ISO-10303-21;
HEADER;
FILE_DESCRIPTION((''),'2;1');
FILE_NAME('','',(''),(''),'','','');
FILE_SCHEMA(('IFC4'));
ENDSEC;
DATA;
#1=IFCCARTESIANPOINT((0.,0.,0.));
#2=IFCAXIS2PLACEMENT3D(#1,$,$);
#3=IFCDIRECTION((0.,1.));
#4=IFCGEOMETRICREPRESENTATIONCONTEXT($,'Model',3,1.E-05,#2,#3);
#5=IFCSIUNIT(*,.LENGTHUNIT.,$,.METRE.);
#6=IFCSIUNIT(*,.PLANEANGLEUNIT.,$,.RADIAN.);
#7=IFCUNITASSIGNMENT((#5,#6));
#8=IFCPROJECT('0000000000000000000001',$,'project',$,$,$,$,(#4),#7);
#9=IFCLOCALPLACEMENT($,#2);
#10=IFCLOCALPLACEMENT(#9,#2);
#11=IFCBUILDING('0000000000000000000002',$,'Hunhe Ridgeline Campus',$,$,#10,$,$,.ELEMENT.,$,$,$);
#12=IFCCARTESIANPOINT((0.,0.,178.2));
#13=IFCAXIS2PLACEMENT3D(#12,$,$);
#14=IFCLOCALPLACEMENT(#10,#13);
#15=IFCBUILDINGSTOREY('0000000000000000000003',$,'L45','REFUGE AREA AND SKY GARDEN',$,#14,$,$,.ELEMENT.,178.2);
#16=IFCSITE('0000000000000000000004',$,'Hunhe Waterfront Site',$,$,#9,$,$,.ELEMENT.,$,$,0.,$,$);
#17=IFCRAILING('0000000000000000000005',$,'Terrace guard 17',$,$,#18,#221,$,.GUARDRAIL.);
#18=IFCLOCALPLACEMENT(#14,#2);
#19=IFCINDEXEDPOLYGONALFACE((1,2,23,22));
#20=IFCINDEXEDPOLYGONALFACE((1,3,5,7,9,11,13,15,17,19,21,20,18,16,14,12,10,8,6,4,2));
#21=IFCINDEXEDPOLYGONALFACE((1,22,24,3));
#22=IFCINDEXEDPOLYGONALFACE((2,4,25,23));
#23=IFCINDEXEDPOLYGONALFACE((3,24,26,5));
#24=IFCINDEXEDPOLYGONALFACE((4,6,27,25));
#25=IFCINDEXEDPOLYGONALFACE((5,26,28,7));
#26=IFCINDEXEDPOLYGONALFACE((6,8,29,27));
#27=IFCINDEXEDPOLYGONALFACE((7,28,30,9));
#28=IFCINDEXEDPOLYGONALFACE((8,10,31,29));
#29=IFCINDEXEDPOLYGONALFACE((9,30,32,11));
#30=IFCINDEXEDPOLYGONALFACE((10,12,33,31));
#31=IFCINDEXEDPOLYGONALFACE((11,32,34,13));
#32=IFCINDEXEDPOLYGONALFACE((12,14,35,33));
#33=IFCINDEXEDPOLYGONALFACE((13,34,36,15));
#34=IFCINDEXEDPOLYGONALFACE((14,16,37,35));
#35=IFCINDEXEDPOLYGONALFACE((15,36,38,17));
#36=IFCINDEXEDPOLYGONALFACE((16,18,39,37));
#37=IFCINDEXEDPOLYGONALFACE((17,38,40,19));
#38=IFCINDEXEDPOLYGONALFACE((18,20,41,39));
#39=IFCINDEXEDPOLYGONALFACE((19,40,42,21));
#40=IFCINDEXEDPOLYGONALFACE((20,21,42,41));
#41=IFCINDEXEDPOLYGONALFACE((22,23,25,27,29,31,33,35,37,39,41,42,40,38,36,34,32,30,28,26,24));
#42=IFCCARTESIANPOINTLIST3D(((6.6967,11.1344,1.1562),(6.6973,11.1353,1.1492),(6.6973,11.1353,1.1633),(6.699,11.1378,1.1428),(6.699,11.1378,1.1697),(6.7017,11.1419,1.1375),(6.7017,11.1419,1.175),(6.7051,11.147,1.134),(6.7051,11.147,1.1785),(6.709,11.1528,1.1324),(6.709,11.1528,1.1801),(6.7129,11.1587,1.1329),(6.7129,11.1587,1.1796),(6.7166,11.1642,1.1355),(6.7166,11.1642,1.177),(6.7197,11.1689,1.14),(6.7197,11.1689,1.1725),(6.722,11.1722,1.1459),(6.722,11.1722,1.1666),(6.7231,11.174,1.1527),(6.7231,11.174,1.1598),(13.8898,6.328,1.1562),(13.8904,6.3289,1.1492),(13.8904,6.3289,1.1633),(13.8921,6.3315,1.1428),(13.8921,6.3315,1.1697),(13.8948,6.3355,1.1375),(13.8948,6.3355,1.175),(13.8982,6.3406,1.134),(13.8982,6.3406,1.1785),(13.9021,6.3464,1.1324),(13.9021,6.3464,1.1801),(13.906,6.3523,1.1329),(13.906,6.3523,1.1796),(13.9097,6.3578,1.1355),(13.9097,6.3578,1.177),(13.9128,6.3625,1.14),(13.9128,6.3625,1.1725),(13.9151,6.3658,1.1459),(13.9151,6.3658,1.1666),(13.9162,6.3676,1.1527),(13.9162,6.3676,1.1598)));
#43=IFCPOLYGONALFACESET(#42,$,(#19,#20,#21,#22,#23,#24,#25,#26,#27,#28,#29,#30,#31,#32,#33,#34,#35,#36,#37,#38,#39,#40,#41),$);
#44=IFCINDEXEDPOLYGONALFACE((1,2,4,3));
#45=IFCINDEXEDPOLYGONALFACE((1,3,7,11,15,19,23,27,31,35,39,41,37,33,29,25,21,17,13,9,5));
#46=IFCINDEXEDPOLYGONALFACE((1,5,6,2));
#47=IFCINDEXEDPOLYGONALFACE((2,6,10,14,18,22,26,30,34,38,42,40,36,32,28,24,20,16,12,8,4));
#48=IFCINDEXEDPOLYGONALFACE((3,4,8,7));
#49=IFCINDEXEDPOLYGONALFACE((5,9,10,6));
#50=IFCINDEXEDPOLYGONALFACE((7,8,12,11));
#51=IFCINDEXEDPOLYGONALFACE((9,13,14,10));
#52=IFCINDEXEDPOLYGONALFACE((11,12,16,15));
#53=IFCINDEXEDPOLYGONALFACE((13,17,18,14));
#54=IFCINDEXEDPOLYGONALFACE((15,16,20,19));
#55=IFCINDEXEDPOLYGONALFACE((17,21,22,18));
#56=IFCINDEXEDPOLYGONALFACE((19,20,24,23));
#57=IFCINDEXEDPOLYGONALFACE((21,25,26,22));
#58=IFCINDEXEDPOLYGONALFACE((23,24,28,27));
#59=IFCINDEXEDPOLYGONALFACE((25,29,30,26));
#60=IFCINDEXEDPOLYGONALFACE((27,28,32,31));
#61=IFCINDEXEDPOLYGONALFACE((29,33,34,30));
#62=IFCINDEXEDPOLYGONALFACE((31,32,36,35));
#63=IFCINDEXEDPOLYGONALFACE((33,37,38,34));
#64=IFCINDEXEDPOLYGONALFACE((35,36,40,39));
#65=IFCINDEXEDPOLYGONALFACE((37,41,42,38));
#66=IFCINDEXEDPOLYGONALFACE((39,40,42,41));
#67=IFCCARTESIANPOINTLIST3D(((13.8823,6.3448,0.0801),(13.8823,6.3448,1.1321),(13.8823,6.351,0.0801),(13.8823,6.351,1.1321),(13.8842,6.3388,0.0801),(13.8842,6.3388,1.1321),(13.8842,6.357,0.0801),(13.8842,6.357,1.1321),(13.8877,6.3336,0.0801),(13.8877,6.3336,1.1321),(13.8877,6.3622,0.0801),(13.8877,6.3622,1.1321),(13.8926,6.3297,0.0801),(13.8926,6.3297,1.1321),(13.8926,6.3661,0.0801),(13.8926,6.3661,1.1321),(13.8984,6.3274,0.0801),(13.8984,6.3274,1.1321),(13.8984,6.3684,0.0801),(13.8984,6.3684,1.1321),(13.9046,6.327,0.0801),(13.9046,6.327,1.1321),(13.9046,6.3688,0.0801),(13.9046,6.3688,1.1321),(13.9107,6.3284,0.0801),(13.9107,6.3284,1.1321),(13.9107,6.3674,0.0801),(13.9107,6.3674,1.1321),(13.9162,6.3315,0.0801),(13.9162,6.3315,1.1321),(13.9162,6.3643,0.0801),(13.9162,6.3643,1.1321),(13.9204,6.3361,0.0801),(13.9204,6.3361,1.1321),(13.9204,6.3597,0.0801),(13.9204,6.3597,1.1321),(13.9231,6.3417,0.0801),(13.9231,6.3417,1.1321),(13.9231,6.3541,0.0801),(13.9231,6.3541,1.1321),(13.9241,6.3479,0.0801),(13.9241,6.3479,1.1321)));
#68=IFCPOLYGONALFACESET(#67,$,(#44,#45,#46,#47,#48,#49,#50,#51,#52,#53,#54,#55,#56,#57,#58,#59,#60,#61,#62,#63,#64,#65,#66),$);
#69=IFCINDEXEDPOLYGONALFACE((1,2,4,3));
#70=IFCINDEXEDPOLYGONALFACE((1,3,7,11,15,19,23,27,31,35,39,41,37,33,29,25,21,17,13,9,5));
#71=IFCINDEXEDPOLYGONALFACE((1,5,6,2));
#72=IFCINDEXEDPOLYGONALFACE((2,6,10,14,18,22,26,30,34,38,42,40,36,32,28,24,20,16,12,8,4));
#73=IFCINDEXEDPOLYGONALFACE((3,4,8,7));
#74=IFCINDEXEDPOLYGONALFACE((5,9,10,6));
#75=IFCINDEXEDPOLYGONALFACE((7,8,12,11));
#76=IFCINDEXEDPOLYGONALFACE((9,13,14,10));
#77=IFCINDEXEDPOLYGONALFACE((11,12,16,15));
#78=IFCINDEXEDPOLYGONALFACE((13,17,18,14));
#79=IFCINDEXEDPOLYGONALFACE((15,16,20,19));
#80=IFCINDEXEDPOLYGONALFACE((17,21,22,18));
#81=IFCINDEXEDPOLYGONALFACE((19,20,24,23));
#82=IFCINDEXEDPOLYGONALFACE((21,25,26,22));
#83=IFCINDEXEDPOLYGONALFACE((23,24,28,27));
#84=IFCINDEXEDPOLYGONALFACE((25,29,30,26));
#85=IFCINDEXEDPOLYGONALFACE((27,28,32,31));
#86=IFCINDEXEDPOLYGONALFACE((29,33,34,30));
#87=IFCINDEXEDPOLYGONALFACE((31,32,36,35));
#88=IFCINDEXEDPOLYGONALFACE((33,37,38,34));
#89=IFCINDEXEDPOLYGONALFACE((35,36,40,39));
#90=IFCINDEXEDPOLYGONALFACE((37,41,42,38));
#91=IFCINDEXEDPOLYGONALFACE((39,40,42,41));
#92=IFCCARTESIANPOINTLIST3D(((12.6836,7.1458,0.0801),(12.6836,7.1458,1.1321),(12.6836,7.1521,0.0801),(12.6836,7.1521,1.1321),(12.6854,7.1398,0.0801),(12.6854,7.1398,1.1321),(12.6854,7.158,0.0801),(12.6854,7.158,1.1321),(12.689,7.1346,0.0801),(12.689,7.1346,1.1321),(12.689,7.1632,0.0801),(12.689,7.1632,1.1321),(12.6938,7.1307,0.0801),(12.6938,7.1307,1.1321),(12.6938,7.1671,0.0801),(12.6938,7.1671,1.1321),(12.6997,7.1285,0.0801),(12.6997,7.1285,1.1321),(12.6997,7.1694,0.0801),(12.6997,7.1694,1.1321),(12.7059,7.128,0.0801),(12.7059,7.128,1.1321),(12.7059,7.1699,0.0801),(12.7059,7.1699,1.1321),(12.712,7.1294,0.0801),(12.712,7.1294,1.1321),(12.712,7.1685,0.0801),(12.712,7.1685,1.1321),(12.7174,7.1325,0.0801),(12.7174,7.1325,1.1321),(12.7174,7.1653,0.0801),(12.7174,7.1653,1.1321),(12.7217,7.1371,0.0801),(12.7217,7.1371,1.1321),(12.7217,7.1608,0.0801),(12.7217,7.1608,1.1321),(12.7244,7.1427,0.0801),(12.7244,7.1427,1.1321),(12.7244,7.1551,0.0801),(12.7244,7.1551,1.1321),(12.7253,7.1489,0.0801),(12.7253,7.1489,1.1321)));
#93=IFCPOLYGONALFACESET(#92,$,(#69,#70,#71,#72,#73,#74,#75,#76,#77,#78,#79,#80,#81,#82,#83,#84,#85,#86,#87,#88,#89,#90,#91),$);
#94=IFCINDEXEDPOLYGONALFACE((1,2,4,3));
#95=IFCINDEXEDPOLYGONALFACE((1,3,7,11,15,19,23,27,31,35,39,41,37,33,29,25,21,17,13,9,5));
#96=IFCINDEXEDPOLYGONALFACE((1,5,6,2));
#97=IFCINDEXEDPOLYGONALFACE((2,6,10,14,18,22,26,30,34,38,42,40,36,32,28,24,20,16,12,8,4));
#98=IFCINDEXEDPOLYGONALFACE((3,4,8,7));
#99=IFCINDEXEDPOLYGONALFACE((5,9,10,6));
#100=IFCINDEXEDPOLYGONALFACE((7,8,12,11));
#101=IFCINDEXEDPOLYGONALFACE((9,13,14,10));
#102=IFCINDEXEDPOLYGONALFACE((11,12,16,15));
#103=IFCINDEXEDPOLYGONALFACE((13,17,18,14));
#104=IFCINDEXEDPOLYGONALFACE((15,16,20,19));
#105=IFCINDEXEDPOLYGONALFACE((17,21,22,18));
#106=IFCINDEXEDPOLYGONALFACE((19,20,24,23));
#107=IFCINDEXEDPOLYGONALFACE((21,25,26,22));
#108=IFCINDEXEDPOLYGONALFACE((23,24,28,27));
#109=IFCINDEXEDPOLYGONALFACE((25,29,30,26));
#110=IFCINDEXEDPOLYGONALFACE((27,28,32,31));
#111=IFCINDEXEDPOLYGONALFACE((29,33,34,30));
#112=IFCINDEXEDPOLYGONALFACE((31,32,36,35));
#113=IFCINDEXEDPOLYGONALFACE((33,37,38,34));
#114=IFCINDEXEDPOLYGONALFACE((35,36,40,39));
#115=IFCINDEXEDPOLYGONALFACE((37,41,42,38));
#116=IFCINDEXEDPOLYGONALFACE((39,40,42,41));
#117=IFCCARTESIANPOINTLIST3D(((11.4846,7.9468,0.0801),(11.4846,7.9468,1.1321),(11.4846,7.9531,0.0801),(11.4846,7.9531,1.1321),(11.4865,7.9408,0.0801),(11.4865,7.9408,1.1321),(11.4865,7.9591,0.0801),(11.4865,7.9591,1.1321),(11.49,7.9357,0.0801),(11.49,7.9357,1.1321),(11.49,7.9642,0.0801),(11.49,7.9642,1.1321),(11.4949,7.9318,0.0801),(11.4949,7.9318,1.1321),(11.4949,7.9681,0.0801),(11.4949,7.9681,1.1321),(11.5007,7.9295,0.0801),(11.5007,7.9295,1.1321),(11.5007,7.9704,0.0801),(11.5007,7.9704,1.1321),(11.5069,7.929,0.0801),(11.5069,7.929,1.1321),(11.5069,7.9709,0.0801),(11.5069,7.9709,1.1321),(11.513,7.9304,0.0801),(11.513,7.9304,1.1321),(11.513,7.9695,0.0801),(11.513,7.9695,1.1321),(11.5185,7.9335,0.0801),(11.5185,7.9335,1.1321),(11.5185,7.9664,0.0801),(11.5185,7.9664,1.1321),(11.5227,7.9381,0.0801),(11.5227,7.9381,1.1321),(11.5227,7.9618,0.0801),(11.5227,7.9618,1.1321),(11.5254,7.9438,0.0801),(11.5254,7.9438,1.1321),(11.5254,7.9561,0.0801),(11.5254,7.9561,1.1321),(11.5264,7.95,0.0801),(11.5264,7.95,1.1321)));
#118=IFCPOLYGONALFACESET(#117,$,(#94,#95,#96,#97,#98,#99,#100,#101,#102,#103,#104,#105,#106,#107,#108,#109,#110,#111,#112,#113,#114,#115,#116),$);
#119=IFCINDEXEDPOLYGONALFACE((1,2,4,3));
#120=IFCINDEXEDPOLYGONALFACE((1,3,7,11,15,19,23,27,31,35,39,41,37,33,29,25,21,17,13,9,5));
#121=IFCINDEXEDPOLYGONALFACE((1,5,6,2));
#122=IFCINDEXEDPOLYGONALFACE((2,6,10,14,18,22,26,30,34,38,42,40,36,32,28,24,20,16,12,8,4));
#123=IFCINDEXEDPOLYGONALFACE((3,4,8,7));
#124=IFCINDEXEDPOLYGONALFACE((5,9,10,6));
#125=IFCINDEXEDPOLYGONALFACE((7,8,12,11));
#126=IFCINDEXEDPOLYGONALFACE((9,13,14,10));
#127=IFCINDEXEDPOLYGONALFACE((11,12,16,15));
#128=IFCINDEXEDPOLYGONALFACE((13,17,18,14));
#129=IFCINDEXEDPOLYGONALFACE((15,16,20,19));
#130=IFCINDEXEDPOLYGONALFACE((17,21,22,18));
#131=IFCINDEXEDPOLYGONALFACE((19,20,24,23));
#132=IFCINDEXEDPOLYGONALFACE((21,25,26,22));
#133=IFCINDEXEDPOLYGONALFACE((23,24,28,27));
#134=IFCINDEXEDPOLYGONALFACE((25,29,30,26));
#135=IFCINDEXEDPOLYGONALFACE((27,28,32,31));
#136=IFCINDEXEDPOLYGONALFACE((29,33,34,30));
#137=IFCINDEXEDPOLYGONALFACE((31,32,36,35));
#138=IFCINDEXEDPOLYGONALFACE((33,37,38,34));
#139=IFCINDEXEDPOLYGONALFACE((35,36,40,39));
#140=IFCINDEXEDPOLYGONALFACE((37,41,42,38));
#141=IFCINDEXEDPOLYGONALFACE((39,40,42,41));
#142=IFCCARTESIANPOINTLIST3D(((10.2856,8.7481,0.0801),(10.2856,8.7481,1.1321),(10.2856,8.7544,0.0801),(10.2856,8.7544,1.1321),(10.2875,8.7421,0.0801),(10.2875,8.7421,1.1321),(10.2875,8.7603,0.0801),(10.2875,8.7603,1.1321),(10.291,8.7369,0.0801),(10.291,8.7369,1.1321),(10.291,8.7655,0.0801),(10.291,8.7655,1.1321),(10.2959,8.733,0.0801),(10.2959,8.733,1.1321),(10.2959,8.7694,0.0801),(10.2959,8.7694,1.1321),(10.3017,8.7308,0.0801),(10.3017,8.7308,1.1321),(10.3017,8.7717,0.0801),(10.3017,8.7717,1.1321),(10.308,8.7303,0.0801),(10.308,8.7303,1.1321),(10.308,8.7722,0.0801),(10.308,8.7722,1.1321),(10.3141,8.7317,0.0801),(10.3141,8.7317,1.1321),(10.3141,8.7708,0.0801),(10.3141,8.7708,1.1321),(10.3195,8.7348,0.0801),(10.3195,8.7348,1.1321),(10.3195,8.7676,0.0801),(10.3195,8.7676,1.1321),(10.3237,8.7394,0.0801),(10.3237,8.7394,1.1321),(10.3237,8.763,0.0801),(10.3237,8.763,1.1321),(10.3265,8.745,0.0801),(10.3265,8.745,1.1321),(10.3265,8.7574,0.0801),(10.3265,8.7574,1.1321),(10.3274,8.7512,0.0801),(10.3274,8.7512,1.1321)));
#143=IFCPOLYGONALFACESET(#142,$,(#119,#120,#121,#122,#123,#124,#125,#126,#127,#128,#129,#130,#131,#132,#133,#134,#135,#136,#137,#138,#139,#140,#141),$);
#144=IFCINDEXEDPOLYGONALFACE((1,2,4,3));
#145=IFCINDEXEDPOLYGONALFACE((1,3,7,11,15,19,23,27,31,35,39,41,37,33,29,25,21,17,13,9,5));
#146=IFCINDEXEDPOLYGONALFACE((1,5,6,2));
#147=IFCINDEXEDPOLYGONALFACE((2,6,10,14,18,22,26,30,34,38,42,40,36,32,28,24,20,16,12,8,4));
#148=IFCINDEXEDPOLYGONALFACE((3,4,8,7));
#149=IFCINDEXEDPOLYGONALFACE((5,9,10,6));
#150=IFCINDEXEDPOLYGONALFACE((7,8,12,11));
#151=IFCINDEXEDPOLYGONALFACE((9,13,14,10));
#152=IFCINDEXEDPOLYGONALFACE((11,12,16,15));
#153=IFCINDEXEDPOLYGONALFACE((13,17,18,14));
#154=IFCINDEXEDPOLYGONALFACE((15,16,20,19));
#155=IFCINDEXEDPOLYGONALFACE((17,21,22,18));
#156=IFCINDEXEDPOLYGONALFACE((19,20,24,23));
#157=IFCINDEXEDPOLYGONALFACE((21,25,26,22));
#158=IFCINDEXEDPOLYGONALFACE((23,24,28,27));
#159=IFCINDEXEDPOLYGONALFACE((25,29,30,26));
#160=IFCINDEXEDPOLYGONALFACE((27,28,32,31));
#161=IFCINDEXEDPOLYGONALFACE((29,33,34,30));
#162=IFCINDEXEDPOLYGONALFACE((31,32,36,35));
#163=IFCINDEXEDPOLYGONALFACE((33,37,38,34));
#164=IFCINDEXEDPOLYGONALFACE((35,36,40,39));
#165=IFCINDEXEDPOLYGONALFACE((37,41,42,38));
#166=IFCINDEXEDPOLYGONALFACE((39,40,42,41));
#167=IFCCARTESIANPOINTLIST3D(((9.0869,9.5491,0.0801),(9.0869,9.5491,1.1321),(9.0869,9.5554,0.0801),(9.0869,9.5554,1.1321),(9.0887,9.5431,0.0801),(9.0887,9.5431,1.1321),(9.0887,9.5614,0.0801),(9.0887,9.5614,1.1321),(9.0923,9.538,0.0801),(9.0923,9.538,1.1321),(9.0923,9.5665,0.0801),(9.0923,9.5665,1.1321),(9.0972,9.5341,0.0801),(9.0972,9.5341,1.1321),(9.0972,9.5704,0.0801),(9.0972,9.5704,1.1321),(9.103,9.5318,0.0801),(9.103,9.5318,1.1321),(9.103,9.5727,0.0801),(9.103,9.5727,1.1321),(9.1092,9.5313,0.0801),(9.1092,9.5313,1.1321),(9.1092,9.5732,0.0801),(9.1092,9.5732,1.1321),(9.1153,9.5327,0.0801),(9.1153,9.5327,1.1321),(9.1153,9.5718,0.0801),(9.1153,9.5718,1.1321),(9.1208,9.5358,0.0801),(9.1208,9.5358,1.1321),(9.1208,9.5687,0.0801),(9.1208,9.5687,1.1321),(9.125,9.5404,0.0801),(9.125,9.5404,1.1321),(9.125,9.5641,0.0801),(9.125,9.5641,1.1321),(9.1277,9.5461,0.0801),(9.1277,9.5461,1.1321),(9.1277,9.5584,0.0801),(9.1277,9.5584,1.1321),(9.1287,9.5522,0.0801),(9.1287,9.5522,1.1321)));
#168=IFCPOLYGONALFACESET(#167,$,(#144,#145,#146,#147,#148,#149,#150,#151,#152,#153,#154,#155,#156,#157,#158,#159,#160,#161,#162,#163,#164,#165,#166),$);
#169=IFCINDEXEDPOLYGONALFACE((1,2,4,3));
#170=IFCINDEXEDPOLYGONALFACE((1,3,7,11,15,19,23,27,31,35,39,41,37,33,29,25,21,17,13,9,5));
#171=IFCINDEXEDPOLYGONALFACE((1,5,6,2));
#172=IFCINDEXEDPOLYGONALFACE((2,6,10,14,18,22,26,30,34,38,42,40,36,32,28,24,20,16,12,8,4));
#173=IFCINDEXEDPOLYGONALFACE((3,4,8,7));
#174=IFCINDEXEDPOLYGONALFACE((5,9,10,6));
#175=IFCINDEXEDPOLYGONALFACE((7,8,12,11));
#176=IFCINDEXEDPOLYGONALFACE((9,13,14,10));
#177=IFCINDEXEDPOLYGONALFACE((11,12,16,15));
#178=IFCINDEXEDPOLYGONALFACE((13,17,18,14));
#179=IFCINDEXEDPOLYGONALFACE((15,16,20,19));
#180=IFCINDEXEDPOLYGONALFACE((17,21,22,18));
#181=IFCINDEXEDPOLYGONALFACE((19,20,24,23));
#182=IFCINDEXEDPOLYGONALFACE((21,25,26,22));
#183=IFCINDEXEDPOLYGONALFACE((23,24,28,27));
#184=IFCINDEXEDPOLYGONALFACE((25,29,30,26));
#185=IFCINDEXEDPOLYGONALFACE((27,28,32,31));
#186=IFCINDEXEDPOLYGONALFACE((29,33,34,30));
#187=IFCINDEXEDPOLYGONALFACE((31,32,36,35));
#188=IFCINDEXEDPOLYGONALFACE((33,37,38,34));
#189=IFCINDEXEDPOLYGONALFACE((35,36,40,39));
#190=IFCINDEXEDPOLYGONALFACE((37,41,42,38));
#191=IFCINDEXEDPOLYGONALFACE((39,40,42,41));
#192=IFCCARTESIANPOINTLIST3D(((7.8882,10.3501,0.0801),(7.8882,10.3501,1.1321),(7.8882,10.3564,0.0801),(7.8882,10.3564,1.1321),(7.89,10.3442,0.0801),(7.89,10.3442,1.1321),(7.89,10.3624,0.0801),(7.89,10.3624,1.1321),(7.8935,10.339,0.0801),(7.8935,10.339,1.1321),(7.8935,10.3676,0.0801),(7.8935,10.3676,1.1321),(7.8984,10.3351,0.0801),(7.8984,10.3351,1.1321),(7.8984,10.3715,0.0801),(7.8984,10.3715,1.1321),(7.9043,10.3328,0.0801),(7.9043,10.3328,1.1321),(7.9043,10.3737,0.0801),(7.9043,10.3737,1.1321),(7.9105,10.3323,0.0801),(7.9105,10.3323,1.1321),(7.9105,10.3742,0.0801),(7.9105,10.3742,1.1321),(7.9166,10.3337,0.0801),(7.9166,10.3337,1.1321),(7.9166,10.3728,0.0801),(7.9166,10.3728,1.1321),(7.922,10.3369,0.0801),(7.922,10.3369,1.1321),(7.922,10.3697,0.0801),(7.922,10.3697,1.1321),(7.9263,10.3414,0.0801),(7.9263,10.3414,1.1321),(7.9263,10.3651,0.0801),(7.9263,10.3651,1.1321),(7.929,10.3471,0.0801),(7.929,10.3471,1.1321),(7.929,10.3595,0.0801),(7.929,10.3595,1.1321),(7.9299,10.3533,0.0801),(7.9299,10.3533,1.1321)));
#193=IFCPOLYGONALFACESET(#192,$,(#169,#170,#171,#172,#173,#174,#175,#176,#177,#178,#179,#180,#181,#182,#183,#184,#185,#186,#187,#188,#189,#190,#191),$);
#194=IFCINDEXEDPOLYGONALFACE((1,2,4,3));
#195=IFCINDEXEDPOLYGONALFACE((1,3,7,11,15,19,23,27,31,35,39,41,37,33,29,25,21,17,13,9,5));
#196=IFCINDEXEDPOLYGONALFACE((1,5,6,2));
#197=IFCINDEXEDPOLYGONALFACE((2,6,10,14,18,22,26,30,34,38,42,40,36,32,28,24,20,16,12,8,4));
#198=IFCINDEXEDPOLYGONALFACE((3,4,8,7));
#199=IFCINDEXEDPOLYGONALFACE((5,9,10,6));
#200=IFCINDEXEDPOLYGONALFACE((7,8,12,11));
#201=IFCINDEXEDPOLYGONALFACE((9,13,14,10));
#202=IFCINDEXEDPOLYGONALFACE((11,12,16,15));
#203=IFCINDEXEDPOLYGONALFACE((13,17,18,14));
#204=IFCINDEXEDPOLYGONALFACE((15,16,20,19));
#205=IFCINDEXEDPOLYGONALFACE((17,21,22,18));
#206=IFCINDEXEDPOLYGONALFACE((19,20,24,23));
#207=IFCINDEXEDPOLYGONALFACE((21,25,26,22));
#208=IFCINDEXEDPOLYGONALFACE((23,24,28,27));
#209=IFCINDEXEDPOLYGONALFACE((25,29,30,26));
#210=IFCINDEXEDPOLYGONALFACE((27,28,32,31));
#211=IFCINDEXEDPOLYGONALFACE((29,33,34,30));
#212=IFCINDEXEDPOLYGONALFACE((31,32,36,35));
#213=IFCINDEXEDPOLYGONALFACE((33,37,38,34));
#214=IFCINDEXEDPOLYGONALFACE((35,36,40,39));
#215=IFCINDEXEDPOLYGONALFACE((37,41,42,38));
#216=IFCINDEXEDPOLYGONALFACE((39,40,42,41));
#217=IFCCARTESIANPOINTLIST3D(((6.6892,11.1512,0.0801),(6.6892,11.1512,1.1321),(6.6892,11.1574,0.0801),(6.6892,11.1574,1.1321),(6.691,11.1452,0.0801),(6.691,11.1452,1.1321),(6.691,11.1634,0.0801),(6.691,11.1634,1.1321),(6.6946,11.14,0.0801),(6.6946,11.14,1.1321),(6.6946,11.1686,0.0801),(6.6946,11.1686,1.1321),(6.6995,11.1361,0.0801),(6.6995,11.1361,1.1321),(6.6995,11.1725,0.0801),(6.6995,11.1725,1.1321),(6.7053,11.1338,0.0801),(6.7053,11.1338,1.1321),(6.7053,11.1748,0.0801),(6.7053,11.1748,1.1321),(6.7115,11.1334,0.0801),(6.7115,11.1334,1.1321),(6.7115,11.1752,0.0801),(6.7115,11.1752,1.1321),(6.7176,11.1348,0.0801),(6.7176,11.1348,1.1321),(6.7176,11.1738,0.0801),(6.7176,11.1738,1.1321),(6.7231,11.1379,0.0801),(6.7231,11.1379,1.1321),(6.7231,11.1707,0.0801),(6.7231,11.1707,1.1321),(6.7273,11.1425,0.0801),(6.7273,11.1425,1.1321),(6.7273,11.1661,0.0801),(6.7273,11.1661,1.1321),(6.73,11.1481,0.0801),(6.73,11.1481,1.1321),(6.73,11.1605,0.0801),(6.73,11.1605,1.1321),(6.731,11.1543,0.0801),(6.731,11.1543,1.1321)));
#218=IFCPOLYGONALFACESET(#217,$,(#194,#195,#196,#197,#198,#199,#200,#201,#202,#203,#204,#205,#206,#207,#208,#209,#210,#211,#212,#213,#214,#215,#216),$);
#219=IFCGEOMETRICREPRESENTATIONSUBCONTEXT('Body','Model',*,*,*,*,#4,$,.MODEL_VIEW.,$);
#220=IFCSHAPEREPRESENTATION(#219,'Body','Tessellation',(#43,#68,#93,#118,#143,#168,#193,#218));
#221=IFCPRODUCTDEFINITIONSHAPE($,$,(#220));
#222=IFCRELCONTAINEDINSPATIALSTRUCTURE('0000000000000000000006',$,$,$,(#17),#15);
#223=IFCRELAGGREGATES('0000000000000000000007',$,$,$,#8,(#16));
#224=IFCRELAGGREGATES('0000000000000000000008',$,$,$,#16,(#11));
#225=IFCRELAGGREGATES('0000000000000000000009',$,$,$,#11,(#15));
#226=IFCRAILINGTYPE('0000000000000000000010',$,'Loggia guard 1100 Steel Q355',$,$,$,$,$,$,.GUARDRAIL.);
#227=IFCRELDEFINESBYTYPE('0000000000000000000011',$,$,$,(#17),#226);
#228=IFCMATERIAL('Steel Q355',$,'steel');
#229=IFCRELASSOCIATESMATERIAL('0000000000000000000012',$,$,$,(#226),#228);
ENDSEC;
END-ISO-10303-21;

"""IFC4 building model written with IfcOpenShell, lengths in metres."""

from ifc_helpers import new_model, si_unit, direction, frame, origin, origin_2d, place, context, subcontext, project, spatial, circle, extrude, material, type_object, element, save


model = new_model("IFC4")

# Units and contexts
model_context = context("Model", 3, precision=1e-05, world=origin(), true_north=direction((0.0, 1.0)))
body_context = subcontext(model_context, "Body", "Model", "MODEL_VIEW")
ifc_project = project(units=[si_unit("LENGTHUNIT", "METRE"), si_unit("PLANEANGLEUNIT", "RADIAN")], contexts=[model_context])

# Site, building, storey
site_placement = place(None, origin())
site = spatial("IfcSite", under=ifc_project, at=site_placement, Name="Hunhe Waterfront Site", CompositionType="ELEMENT", RefElevation=0.0)
building_placement = place(site_placement, origin())
building = spatial("IfcBuilding", under=site, at=building_placement, Name="Hunhe Ridgeline Campus", CompositionType="ELEMENT")
storey_placement = place(building_placement, frame((0.0, 0.0, 178.2)))
storey = spatial("IfcBuildingStorey", under=building, at=storey_placement, Name="L45", Description="REFUGE AREA AND SKY GARDEN", CompositionType="ELEMENT", Elevation=178.2)

# Railing
ifc_material_1 = material(Name="Steel Q355", Category="steel")
railing_type = type_object("IfcRailingType", Name="Loggia guard 1100 Steel Q355", PredefinedType="GUARDRAIL", material=ifc_material_1)
railing_1_placement = place(storey_placement, frame((13.9031, 6.3479, 0.0801)))
element("IfcRailing", 1, at=railing_1_placement, inside=storey, type_object=railing_type, Name="Terrace guard 17", PredefinedType="GUARDRAIL", context=body_context, shape_type="SweptSolid", body=[
    extrude(circle(Radius=0.0239, at=origin_2d()), frame((0.0, 0.0, 1.0762), z_axis=(-0.831464, 0.555579, 0.0), x_axis=(-0.555579, -0.831464, 0.0)), (0.0, 0.0, 1.0), 8.6511),
    extrude(circle(Radius=0.021, at=origin_2d()), origin(), (0.0, 0.0, 1.0), 1.052),
    extrude(circle(Radius=0.021, at=origin_2d()), frame((-1.1987, 0.801, 0.0)), (0.0, 0.0, 1.0), 1.052),
    extrude(circle(Radius=0.021, at=origin_2d()), frame((-2.3977, 1.6021, 0.0)), (0.0, 0.0, 1.0), 1.052),
    extrude(circle(Radius=0.021, at=origin_2d()), frame((-3.5967, 2.4033, 0.0)), (0.0, 0.0, 1.0), 1.052),
    extrude(circle(Radius=0.021, at=origin_2d()), frame((-4.7954, 3.2043, 0.0)), (0.0, 0.0, 1.0), 1.052),
    extrude(circle(Radius=0.021, at=origin_2d()), frame((-5.9941, 4.0054, 0.0)), (0.0, 0.0, 1.0), 1.052),
    extrude(circle(Radius=0.021, at=origin_2d()), frame((-7.1931, 4.8064, 0.0)), (0.0, 0.0, 1.0), 1.052),
])

save(model, "model.ifc")
